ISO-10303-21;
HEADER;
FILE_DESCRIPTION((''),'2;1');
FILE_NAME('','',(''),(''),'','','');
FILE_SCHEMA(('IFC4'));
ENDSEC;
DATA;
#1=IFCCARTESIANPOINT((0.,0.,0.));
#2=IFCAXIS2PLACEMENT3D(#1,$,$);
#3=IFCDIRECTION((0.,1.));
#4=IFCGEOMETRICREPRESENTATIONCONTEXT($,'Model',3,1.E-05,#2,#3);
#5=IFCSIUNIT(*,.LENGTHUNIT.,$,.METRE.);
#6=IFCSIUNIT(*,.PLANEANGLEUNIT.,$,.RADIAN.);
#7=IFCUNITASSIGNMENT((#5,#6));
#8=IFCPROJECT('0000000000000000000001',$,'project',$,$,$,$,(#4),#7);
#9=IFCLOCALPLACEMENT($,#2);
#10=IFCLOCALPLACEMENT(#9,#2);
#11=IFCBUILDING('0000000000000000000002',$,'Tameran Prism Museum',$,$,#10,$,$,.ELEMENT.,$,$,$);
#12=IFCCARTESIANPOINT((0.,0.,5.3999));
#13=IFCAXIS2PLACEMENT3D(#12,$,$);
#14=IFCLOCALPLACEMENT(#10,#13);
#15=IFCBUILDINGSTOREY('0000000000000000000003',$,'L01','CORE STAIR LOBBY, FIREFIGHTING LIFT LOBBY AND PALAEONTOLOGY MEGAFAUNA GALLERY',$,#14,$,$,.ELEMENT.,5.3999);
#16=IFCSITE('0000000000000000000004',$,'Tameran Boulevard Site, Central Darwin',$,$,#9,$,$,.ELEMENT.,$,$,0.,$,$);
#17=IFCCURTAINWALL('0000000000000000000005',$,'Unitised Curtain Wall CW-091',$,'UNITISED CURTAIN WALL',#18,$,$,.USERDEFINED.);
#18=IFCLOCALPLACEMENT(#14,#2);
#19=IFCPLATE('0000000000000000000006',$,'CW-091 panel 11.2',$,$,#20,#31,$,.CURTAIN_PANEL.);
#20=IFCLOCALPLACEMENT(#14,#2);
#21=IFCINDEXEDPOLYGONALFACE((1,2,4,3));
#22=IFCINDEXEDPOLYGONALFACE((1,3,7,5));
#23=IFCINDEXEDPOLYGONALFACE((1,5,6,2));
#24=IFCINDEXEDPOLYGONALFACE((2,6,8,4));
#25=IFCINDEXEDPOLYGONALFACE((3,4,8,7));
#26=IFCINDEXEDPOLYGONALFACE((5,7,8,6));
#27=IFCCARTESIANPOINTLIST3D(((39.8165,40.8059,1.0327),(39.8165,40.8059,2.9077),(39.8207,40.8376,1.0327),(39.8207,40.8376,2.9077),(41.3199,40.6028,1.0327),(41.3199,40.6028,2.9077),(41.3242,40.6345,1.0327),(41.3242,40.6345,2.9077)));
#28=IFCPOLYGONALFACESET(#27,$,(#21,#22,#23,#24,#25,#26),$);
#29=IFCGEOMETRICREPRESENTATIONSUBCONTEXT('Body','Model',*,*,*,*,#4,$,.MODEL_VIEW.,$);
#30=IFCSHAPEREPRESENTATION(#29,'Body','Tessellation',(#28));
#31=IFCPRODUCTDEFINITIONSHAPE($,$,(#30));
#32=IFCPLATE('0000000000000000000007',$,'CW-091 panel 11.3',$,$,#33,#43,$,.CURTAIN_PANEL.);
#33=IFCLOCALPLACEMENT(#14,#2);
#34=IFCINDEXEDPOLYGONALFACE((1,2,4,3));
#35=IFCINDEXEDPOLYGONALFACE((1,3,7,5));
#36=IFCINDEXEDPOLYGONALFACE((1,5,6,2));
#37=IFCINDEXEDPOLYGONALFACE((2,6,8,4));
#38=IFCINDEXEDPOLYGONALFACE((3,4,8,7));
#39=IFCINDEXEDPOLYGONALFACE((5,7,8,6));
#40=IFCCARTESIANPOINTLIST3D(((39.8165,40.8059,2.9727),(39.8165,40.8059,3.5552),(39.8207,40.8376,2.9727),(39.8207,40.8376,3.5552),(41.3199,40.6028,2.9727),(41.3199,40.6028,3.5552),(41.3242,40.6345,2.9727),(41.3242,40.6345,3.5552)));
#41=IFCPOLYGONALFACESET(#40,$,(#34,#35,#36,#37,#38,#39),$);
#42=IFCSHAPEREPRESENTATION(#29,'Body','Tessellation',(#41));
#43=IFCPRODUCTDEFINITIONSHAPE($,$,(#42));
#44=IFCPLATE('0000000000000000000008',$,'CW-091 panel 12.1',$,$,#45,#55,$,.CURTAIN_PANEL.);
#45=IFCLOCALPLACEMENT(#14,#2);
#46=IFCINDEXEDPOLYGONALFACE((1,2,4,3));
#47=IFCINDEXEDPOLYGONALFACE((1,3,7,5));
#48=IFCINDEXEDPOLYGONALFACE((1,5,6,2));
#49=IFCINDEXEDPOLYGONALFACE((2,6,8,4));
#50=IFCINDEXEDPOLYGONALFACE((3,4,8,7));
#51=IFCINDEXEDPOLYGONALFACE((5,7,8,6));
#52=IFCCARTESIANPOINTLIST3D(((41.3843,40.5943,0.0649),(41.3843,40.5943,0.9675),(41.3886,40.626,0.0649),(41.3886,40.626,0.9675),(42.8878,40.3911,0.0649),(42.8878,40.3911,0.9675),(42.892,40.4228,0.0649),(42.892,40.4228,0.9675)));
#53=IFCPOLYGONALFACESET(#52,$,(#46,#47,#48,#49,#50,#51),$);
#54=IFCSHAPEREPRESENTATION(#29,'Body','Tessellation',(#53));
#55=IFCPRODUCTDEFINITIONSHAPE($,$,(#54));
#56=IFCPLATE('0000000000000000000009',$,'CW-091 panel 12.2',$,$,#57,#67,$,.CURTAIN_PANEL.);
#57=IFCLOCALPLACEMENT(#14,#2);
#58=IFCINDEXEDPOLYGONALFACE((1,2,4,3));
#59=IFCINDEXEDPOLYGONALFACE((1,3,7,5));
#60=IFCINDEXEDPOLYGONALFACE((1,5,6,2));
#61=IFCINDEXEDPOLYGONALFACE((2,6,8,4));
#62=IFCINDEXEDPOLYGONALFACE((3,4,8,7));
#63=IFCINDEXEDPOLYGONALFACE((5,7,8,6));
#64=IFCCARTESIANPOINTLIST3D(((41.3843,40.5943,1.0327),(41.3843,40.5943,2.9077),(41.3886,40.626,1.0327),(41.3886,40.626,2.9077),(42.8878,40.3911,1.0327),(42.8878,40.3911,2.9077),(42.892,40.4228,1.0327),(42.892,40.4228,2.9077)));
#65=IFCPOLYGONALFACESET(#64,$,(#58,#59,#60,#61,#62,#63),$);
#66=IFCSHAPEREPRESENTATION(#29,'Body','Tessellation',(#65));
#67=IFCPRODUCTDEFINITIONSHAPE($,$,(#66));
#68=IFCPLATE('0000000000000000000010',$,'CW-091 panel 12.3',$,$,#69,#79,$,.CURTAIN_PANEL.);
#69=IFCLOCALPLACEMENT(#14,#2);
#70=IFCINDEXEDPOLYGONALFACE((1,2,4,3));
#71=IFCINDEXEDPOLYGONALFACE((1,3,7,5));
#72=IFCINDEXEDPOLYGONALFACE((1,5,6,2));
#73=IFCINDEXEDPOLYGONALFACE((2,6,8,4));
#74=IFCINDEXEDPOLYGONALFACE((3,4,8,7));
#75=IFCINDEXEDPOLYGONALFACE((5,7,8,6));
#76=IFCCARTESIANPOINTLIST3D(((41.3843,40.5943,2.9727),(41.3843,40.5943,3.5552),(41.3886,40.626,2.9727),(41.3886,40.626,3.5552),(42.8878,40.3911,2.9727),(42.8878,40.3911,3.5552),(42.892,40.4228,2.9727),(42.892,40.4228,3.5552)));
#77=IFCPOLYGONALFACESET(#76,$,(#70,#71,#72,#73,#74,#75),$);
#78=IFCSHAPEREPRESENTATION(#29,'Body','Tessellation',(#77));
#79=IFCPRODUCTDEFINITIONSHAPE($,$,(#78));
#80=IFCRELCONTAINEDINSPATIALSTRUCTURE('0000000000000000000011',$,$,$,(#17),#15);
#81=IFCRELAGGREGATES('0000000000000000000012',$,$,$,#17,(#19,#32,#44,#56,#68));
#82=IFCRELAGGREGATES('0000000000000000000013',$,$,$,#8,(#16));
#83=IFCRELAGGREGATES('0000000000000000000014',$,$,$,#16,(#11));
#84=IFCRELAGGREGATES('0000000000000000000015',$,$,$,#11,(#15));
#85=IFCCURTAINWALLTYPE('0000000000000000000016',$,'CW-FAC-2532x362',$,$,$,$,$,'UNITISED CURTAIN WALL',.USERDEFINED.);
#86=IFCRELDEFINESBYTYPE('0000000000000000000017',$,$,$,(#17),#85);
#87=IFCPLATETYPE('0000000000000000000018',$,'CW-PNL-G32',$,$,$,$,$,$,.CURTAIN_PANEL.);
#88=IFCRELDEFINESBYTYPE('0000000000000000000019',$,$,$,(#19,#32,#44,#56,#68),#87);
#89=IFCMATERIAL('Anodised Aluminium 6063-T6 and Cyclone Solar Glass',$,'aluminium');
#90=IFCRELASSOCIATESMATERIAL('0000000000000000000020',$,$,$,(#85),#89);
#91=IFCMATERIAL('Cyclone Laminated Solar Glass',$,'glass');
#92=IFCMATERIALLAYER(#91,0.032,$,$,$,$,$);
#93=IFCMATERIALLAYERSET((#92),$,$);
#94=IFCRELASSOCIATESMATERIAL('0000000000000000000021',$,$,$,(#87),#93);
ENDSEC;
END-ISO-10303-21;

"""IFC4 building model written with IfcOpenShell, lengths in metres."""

from ifc_helpers import new_model, si_unit, direction, frame, origin, origin_2d, place, context, subcontext, project, spatial, rectangle, extrude, material, layer, layer_set, type_object, element, aggregate, save


model = new_model("IFC4")

# Units and contexts
model_context = context("Model", 3, precision=1e-05, world=origin(), true_north=direction((0.0, 1.0)))
body_context = subcontext(model_context, "Body", "Model", "MODEL_VIEW")
ifc_project = project(units=[si_unit("LENGTHUNIT", "METRE"), si_unit("PLANEANGLEUNIT", "RADIAN")], contexts=[model_context])

# Site, building, storey
site_placement = place(None, origin())
site = spatial("IfcSite", under=ifc_project, at=site_placement, Name="Tameran Boulevard Site, Central Darwin", CompositionType="ELEMENT", RefElevation=0.0)
building_placement = place(site_placement, origin())
building = spatial("IfcBuilding", under=site, at=building_placement, Name="Tameran Prism Museum", CompositionType="ELEMENT")
storey_placement = place(building_placement, frame((0.0, 0.0, 5.3999)))
storey = spatial("IfcBuildingStorey", under=building, at=storey_placement, Name="L01", Description="CORE STAIR LOBBY, FIREFIGHTING LIFT LOBBY AND PALAEONTOLOGY MEGAFAUNA GALLERY", CompositionType="ELEMENT", Elevation=5.3999)

# Curtain wall, plates
ifc_material_1 = material(Name="Anodised Aluminium 6063-T6 and Cyclone Solar Glass", Category="aluminium")
curtain_wall_type = type_object("IfcCurtainWallType", Name="CW-FAC-2532x362", ElementType="UNITISED CURTAIN WALL", PredefinedType="USERDEFINED", material=ifc_material_1)
curtain_wall_placement = place(storey_placement, origin())
curtain_wall = element("IfcCurtainWall", 1, at=curtain_wall_placement, inside=storey, type_object=curtain_wall_type, Name="Unitised Curtain Wall CW-091", ObjectType="UNITISED CURTAIN WALL", PredefinedType="USERDEFINED")
ifc_material_2 = material(Name="Cyclone Laminated Solar Glass", Category="glass")
ifc_layer = layer(ifc_material_2, 0.032)
ifc_layer_set = layer_set([ifc_layer])
plate_type = type_object("IfcPlateType", Name="CW-PNL-G32", PredefinedType="CURTAIN_PANEL", material=ifc_layer_set)
plate_1_placement = place(storey_placement, frame((40.5703, 40.7202, 1.0327), z_axis=(0.0, 0.0, 1.0), x_axis=(0.990993, -0.133913, 0.0)))
plate_1 = element("IfcPlate", 2, at=plate_1_placement, type_object=plate_type, Name="CW-091 panel 11.2", PredefinedType="CURTAIN_PANEL", context=body_context, shape_type="SweptSolid", body=[
    extrude(rectangle(XDim=1.5171, YDim=0.032, at=origin_2d()), origin(), (0.0, 0.0, 1.0), 1.875),
])
plate_2_placement = place(storey_placement, frame((40.5703, 40.7202, 2.9727), z_axis=(0.0, 0.0, 1.0), x_axis=(0.990993, -0.133913, 0.0)))
plate_2 = element("IfcPlate", 3, at=plate_2_placement, type_object=plate_type, Name="CW-091 panel 11.3", PredefinedType="CURTAIN_PANEL", context=body_context, shape_type="SweptSolid", body=[
    extrude(rectangle(XDim=1.5171, YDim=0.032, at=origin_2d()), origin(), (0.0, 0.0, 1.0), 0.5825),
])
plate_3_placement = place(storey_placement, frame((42.1382, 40.5085, 0.0649), z_axis=(0.0, 0.0, 1.0), x_axis=(0.990993, -0.133913, 0.0)))
plate_3 = element("IfcPlate", 4, at=plate_3_placement, type_object=plate_type, Name="CW-091 panel 12.1", PredefinedType="CURTAIN_PANEL", context=body_context, shape_type="SweptSolid", body=[
    extrude(rectangle(XDim=1.5171, YDim=0.032, at=origin_2d()), origin(), (0.0, 0.0, 1.0), 0.9026),
])
plate_4_placement = place(storey_placement, frame((42.1382, 40.5085, 1.0327), z_axis=(0.0, 0.0, 1.0), x_axis=(0.990993, -0.133913, 0.0)))
plate_4 = element("IfcPlate", 5, at=plate_4_placement, type_object=plate_type, Name="CW-091 panel 12.2", PredefinedType="CURTAIN_PANEL", context=body_context, shape_type="SweptSolid", body=[
    extrude(rectangle(XDim=1.5171, YDim=0.032, at=origin_2d()), origin(), (0.0, 0.0, 1.0), 1.875),
])
plate_5_placement = place(storey_placement, frame((42.1382, 40.5085, 2.9727), z_axis=(0.0, 0.0, 1.0), x_axis=(0.990993, -0.133913, 0.0)))
plate_5 = element("IfcPlate", 6, at=plate_5_placement, type_object=plate_type, Name="CW-091 panel 12.3", PredefinedType="CURTAIN_PANEL", context=body_context, shape_type="SweptSolid", body=[
    extrude(rectangle(XDim=1.5171, YDim=0.032, at=origin_2d()), origin(), (0.0, 0.0, 1.0), 0.5825),
])
aggregate(curtain_wall, [plate_1, plate_2, plate_3, plate_4, plate_5])

save(model, "model.ifc")
